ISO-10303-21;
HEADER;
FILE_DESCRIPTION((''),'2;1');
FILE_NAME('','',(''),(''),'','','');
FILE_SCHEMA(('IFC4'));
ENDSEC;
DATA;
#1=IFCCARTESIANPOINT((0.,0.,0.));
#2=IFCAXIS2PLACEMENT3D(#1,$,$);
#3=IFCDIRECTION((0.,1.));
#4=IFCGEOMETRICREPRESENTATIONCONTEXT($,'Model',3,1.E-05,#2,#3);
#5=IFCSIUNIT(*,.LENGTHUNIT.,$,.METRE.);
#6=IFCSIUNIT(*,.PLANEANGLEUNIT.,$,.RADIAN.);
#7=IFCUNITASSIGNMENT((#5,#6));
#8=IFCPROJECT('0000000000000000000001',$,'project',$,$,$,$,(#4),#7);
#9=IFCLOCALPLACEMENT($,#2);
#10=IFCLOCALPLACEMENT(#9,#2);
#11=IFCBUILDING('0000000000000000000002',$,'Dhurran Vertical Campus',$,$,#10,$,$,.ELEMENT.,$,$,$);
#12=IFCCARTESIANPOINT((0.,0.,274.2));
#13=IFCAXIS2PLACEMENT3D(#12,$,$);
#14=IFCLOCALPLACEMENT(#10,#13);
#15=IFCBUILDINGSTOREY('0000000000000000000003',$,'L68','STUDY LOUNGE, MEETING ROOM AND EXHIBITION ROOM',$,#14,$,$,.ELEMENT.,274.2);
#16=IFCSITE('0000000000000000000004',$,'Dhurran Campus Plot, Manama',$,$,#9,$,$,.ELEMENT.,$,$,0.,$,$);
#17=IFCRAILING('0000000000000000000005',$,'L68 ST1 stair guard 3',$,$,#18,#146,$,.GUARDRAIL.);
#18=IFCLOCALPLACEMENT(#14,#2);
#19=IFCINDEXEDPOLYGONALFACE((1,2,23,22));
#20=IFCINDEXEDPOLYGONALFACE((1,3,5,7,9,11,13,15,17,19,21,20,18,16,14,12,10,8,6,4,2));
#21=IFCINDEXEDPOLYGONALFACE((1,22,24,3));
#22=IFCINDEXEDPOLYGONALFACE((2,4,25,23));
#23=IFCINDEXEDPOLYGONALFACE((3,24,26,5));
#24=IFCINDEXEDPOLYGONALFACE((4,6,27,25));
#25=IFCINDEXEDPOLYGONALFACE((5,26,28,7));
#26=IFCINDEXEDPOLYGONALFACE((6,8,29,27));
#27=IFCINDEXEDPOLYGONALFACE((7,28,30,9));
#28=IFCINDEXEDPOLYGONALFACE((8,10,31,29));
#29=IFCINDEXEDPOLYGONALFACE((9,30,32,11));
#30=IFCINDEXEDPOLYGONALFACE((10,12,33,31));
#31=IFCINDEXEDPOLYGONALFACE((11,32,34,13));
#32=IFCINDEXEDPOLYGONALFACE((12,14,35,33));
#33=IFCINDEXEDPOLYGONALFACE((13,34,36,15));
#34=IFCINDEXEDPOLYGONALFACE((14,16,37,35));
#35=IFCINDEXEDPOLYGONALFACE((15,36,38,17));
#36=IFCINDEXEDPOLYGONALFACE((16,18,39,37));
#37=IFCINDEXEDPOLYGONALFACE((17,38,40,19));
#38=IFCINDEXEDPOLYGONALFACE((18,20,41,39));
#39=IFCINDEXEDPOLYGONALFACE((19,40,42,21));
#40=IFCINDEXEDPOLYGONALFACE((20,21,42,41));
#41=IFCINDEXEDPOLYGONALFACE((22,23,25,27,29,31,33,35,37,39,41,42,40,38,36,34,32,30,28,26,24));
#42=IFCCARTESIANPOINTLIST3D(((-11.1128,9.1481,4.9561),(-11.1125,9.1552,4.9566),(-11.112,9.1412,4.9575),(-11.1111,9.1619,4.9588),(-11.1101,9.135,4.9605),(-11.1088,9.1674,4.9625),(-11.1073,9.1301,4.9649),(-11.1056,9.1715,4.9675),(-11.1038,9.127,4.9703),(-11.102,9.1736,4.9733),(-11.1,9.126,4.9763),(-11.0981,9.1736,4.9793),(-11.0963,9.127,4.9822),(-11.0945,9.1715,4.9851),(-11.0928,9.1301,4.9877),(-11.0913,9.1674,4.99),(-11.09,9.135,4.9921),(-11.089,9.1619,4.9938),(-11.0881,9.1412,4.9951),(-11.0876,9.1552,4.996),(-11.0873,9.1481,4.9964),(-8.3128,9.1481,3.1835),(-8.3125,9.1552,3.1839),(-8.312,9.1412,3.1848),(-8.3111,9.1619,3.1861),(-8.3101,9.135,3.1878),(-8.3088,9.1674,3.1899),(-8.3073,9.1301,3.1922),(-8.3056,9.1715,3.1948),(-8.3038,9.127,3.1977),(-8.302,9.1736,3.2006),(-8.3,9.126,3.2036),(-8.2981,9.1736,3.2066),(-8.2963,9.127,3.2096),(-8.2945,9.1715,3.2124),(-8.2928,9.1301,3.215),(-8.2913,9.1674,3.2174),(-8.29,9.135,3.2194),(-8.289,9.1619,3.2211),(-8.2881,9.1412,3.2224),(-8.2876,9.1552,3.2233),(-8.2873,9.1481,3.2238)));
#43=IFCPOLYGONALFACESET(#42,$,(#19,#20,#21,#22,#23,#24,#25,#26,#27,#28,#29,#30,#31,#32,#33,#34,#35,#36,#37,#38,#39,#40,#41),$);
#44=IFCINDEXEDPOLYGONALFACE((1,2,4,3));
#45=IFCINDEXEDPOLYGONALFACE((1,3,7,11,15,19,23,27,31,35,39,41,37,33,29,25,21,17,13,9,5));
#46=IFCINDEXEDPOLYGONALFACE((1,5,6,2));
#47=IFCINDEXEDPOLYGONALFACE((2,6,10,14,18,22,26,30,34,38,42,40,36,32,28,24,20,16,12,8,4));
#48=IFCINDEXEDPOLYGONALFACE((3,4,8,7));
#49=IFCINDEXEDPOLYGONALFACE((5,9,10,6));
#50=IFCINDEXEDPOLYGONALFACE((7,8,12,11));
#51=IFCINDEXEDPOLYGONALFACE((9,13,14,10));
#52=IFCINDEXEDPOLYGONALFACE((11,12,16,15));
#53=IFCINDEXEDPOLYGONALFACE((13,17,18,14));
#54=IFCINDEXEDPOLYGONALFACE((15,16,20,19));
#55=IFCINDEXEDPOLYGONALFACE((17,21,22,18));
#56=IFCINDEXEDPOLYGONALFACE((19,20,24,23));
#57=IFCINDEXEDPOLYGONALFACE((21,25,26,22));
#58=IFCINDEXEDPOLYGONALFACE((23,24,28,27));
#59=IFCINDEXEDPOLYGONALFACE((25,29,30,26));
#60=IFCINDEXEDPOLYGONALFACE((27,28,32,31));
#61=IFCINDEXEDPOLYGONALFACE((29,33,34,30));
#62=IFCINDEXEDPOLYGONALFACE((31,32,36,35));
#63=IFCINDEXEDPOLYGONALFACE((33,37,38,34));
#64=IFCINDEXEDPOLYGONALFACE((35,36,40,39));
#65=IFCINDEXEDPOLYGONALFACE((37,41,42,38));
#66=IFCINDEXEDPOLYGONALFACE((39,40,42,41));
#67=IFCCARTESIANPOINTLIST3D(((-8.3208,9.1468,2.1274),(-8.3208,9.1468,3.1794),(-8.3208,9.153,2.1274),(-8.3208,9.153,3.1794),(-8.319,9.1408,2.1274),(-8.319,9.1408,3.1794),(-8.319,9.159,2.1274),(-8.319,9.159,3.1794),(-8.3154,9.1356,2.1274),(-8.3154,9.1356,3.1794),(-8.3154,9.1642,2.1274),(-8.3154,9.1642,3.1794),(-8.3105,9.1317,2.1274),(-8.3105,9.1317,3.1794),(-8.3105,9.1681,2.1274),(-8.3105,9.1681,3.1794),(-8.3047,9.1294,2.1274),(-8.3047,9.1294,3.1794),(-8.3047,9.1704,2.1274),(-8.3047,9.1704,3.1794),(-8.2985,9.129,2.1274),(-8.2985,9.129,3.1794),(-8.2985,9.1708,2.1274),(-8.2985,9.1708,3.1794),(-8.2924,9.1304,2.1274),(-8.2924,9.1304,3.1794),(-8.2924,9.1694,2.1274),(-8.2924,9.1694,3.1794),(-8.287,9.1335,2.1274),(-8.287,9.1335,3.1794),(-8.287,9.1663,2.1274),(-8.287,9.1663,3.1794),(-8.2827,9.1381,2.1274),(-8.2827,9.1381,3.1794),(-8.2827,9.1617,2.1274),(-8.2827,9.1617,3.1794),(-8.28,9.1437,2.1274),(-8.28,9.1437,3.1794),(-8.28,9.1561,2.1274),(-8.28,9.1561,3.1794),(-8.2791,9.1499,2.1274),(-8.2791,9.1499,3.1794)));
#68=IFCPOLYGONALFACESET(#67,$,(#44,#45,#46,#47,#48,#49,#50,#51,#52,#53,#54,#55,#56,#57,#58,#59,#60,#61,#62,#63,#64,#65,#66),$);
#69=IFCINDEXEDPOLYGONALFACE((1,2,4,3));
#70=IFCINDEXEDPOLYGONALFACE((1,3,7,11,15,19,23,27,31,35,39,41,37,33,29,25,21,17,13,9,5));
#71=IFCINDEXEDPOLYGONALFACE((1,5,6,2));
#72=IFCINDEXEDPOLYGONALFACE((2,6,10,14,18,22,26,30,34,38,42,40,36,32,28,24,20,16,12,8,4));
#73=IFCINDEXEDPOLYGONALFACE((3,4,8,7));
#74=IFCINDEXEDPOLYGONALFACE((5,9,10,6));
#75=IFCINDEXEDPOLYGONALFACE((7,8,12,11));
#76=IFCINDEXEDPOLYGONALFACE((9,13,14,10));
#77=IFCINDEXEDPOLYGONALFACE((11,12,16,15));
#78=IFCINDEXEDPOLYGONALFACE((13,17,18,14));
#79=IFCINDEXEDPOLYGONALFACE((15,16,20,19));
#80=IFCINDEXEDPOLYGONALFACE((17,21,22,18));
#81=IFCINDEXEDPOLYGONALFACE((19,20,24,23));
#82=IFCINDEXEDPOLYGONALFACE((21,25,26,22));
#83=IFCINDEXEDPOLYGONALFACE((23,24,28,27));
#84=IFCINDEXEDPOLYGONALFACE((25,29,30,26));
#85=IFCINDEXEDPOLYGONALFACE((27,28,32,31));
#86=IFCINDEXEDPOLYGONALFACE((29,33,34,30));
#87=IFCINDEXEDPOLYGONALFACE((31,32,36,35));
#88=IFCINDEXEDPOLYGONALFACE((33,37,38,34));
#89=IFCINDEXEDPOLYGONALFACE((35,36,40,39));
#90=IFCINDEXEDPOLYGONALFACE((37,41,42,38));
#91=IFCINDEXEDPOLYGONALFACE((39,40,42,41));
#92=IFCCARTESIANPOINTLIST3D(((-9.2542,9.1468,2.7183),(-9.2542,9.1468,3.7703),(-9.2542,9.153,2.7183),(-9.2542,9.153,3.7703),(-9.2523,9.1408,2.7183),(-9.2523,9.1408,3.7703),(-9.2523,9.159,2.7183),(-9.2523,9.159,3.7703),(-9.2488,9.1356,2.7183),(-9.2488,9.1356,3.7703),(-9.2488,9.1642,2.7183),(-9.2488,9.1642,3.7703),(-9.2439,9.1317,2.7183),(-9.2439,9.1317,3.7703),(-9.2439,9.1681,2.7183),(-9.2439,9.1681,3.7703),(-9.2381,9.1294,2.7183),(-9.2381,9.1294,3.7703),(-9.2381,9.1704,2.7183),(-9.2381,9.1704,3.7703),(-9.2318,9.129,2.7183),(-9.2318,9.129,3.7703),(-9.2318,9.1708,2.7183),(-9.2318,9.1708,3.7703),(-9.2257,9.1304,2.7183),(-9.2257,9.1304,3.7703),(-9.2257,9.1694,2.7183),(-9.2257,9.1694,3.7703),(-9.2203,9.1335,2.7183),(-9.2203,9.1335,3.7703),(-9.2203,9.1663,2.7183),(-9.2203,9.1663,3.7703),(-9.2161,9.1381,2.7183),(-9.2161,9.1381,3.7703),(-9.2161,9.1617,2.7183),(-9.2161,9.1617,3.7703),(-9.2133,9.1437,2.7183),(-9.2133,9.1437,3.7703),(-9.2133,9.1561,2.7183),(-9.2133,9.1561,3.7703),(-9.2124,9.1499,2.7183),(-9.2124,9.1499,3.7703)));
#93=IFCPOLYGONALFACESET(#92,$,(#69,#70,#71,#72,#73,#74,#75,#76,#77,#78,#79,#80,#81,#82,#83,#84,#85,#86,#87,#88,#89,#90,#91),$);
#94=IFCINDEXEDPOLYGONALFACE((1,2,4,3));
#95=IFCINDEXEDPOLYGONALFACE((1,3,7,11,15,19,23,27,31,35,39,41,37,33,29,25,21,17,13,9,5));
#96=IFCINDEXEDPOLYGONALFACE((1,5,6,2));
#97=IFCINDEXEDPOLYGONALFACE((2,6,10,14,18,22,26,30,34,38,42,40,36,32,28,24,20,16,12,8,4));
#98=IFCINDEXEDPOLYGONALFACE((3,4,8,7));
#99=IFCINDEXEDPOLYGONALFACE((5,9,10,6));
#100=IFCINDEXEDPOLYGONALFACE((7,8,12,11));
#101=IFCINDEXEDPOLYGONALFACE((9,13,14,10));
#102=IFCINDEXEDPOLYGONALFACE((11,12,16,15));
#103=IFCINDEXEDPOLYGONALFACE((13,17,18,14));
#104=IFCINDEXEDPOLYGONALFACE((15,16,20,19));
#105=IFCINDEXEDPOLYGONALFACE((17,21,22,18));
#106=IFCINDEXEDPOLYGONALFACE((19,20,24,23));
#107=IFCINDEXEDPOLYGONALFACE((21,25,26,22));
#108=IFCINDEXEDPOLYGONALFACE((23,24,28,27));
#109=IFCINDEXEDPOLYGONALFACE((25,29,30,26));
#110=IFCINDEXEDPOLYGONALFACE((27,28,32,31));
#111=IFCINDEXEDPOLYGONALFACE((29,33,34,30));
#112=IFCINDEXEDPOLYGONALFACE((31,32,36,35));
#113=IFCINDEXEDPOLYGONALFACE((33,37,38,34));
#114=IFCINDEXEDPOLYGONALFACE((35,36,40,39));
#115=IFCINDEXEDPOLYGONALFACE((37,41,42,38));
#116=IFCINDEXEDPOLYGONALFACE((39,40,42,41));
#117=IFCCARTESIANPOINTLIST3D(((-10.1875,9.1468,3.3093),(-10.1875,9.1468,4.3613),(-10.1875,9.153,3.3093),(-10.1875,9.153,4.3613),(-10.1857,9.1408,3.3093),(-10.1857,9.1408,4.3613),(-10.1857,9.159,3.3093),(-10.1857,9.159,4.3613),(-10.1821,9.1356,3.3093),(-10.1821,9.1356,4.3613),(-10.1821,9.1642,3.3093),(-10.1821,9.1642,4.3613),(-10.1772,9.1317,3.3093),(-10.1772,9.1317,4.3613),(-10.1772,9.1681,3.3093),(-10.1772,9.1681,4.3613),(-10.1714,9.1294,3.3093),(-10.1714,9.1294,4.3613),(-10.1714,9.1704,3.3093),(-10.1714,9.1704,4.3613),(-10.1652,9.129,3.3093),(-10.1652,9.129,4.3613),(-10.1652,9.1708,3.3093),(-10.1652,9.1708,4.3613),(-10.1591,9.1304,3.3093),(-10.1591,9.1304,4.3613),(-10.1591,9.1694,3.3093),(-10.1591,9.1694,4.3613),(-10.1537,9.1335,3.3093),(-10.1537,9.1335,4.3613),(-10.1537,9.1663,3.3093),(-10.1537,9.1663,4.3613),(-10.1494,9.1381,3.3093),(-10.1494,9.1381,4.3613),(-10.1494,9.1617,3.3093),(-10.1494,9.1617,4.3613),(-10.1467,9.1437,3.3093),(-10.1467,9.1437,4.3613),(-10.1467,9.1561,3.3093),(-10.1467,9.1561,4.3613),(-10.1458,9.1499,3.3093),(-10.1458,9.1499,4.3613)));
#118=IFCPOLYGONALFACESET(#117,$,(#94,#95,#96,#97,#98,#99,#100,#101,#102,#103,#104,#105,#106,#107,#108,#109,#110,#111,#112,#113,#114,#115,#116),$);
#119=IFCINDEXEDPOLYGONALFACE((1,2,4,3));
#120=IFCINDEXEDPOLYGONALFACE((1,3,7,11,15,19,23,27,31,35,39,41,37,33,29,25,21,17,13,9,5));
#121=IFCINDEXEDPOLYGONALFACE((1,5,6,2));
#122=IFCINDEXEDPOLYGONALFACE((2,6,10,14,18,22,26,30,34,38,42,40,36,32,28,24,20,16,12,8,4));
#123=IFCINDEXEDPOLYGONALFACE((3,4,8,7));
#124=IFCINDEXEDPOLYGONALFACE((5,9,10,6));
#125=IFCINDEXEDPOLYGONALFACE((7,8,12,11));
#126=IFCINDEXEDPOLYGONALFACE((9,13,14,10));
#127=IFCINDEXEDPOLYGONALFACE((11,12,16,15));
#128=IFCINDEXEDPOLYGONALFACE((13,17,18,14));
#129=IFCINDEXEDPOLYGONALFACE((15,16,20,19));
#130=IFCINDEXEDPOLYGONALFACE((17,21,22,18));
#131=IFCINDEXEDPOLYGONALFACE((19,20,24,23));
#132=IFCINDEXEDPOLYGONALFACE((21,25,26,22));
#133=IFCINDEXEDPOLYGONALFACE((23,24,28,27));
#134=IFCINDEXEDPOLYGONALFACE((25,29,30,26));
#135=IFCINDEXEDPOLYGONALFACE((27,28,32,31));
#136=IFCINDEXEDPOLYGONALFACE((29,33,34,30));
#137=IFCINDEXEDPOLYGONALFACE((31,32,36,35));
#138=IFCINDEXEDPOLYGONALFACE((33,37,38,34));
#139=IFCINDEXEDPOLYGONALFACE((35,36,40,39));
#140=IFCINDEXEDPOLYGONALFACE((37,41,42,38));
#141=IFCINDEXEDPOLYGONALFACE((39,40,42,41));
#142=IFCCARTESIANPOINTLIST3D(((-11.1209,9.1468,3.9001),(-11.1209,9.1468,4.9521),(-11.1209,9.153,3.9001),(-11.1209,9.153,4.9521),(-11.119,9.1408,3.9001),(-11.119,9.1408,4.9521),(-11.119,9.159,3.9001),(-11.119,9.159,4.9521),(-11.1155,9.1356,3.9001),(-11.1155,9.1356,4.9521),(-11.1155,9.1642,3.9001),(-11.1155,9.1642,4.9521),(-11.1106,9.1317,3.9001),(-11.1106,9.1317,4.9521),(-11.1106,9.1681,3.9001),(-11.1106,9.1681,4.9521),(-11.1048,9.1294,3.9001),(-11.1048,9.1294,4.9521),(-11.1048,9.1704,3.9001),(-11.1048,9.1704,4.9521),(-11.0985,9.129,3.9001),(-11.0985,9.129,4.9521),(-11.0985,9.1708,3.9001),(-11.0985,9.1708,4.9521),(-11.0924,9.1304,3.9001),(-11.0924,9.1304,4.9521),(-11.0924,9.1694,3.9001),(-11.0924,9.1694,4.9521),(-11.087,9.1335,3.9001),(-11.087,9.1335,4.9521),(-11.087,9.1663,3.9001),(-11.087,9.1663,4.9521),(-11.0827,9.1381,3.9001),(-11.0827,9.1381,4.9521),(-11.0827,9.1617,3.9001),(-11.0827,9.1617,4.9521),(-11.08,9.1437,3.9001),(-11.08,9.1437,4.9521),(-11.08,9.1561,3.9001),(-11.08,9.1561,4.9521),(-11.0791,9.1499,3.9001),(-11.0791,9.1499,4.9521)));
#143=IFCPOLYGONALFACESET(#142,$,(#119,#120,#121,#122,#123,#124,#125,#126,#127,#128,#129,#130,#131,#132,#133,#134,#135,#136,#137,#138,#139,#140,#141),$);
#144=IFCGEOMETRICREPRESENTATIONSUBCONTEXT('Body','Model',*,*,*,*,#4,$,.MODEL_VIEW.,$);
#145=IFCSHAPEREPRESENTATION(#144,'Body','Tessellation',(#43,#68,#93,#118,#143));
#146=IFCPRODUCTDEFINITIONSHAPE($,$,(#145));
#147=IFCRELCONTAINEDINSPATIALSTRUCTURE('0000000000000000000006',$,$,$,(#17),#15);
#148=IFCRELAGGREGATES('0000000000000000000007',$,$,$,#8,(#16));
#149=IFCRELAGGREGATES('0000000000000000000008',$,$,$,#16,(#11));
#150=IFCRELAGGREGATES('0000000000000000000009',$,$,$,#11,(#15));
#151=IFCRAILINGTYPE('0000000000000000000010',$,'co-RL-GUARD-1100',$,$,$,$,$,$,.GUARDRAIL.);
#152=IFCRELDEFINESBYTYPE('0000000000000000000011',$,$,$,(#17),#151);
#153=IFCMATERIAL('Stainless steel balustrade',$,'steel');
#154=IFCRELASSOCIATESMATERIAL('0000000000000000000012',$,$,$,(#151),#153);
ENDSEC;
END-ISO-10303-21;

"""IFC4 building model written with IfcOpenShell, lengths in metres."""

from ifc_helpers import new_model, si_unit, direction, frame, origin, origin_2d, place, context, subcontext, project, spatial, circle, extrude, material, type_object, element, save


model = new_model("IFC4")

# Units and contexts
model_context = context("Model", 3, precision=1e-05, world=origin(), true_north=direction((0.0, 1.0)))
body_context = subcontext(model_context, "Body", "Model", "MODEL_VIEW")
ifc_project = project(units=[si_unit("LENGTHUNIT", "METRE"), si_unit("PLANEANGLEUNIT", "RADIAN")], contexts=[model_context])

# Site, building, storey
site_placement = place(None, origin())
site = spatial("IfcSite", under=ifc_project, at=site_placement, Name="Dhurran Campus Plot, Manama", CompositionType="ELEMENT", RefElevation=0.0)
building_placement = place(site_placement, origin())
building = spatial("IfcBuilding", under=site, at=building_placement, Name="Dhurran Vertical Campus", CompositionType="ELEMENT")
storey_placement = place(building_placement, frame((0.0, 0.0, 274.2)))
storey = spatial("IfcBuildingStorey", under=building, at=storey_placement, Name="L68", Description="STUDY LOUNGE, MEETING ROOM AND EXHIBITION ROOM", CompositionType="ELEMENT", Elevation=274.2)

# Railing
ifc_material_1 = material(Name="Stainless steel balustrade", Category="steel")
railing_type_1 = type_object("IfcRailingType", Name="co-RL-GUARD-1100", PredefinedType="GUARDRAIL", material=ifc_material_1)
railing_1_placement = place(storey_placement, frame((-8.3, 9.1499, 2.1274)))
element("IfcRailing", 1, at=railing_1_placement, inside=storey, type_object=railing_type_1, Name="L68 ST1 stair guard 3", PredefinedType="GUARDRAIL", context=body_context, shape_type="SweptSolid", body=[
    extrude(circle(Radius=0.0239, at=origin_2d()), frame((0.0, 0.0, 1.0762), z_axis=(-0.844909, 0.0, 0.53491), x_axis=(0.0, -1.0, 0.0)), (0.0, 0.0, 1.0), 3.314),
    extrude(circle(Radius=0.021, at=origin_2d()), origin(), (0.0, 0.0, 1.0), 1.052),
    extrude(circle(Radius=0.021, at=origin_2d()), frame((-0.9333, 0.0, 0.5908)), (0.0, 0.0, 1.0), 1.052),
    extrude(circle(Radius=0.021, at=origin_2d()), frame((-1.8667, 0.0, 1.1819)), (0.0, 0.0, 1.0), 1.052),
    extrude(circle(Radius=0.021, at=origin_2d()), frame((-2.8, 0.0, 1.7727)), (0.0, 0.0, 1.0), 1.052),
])

save(model, "model.ifc")
